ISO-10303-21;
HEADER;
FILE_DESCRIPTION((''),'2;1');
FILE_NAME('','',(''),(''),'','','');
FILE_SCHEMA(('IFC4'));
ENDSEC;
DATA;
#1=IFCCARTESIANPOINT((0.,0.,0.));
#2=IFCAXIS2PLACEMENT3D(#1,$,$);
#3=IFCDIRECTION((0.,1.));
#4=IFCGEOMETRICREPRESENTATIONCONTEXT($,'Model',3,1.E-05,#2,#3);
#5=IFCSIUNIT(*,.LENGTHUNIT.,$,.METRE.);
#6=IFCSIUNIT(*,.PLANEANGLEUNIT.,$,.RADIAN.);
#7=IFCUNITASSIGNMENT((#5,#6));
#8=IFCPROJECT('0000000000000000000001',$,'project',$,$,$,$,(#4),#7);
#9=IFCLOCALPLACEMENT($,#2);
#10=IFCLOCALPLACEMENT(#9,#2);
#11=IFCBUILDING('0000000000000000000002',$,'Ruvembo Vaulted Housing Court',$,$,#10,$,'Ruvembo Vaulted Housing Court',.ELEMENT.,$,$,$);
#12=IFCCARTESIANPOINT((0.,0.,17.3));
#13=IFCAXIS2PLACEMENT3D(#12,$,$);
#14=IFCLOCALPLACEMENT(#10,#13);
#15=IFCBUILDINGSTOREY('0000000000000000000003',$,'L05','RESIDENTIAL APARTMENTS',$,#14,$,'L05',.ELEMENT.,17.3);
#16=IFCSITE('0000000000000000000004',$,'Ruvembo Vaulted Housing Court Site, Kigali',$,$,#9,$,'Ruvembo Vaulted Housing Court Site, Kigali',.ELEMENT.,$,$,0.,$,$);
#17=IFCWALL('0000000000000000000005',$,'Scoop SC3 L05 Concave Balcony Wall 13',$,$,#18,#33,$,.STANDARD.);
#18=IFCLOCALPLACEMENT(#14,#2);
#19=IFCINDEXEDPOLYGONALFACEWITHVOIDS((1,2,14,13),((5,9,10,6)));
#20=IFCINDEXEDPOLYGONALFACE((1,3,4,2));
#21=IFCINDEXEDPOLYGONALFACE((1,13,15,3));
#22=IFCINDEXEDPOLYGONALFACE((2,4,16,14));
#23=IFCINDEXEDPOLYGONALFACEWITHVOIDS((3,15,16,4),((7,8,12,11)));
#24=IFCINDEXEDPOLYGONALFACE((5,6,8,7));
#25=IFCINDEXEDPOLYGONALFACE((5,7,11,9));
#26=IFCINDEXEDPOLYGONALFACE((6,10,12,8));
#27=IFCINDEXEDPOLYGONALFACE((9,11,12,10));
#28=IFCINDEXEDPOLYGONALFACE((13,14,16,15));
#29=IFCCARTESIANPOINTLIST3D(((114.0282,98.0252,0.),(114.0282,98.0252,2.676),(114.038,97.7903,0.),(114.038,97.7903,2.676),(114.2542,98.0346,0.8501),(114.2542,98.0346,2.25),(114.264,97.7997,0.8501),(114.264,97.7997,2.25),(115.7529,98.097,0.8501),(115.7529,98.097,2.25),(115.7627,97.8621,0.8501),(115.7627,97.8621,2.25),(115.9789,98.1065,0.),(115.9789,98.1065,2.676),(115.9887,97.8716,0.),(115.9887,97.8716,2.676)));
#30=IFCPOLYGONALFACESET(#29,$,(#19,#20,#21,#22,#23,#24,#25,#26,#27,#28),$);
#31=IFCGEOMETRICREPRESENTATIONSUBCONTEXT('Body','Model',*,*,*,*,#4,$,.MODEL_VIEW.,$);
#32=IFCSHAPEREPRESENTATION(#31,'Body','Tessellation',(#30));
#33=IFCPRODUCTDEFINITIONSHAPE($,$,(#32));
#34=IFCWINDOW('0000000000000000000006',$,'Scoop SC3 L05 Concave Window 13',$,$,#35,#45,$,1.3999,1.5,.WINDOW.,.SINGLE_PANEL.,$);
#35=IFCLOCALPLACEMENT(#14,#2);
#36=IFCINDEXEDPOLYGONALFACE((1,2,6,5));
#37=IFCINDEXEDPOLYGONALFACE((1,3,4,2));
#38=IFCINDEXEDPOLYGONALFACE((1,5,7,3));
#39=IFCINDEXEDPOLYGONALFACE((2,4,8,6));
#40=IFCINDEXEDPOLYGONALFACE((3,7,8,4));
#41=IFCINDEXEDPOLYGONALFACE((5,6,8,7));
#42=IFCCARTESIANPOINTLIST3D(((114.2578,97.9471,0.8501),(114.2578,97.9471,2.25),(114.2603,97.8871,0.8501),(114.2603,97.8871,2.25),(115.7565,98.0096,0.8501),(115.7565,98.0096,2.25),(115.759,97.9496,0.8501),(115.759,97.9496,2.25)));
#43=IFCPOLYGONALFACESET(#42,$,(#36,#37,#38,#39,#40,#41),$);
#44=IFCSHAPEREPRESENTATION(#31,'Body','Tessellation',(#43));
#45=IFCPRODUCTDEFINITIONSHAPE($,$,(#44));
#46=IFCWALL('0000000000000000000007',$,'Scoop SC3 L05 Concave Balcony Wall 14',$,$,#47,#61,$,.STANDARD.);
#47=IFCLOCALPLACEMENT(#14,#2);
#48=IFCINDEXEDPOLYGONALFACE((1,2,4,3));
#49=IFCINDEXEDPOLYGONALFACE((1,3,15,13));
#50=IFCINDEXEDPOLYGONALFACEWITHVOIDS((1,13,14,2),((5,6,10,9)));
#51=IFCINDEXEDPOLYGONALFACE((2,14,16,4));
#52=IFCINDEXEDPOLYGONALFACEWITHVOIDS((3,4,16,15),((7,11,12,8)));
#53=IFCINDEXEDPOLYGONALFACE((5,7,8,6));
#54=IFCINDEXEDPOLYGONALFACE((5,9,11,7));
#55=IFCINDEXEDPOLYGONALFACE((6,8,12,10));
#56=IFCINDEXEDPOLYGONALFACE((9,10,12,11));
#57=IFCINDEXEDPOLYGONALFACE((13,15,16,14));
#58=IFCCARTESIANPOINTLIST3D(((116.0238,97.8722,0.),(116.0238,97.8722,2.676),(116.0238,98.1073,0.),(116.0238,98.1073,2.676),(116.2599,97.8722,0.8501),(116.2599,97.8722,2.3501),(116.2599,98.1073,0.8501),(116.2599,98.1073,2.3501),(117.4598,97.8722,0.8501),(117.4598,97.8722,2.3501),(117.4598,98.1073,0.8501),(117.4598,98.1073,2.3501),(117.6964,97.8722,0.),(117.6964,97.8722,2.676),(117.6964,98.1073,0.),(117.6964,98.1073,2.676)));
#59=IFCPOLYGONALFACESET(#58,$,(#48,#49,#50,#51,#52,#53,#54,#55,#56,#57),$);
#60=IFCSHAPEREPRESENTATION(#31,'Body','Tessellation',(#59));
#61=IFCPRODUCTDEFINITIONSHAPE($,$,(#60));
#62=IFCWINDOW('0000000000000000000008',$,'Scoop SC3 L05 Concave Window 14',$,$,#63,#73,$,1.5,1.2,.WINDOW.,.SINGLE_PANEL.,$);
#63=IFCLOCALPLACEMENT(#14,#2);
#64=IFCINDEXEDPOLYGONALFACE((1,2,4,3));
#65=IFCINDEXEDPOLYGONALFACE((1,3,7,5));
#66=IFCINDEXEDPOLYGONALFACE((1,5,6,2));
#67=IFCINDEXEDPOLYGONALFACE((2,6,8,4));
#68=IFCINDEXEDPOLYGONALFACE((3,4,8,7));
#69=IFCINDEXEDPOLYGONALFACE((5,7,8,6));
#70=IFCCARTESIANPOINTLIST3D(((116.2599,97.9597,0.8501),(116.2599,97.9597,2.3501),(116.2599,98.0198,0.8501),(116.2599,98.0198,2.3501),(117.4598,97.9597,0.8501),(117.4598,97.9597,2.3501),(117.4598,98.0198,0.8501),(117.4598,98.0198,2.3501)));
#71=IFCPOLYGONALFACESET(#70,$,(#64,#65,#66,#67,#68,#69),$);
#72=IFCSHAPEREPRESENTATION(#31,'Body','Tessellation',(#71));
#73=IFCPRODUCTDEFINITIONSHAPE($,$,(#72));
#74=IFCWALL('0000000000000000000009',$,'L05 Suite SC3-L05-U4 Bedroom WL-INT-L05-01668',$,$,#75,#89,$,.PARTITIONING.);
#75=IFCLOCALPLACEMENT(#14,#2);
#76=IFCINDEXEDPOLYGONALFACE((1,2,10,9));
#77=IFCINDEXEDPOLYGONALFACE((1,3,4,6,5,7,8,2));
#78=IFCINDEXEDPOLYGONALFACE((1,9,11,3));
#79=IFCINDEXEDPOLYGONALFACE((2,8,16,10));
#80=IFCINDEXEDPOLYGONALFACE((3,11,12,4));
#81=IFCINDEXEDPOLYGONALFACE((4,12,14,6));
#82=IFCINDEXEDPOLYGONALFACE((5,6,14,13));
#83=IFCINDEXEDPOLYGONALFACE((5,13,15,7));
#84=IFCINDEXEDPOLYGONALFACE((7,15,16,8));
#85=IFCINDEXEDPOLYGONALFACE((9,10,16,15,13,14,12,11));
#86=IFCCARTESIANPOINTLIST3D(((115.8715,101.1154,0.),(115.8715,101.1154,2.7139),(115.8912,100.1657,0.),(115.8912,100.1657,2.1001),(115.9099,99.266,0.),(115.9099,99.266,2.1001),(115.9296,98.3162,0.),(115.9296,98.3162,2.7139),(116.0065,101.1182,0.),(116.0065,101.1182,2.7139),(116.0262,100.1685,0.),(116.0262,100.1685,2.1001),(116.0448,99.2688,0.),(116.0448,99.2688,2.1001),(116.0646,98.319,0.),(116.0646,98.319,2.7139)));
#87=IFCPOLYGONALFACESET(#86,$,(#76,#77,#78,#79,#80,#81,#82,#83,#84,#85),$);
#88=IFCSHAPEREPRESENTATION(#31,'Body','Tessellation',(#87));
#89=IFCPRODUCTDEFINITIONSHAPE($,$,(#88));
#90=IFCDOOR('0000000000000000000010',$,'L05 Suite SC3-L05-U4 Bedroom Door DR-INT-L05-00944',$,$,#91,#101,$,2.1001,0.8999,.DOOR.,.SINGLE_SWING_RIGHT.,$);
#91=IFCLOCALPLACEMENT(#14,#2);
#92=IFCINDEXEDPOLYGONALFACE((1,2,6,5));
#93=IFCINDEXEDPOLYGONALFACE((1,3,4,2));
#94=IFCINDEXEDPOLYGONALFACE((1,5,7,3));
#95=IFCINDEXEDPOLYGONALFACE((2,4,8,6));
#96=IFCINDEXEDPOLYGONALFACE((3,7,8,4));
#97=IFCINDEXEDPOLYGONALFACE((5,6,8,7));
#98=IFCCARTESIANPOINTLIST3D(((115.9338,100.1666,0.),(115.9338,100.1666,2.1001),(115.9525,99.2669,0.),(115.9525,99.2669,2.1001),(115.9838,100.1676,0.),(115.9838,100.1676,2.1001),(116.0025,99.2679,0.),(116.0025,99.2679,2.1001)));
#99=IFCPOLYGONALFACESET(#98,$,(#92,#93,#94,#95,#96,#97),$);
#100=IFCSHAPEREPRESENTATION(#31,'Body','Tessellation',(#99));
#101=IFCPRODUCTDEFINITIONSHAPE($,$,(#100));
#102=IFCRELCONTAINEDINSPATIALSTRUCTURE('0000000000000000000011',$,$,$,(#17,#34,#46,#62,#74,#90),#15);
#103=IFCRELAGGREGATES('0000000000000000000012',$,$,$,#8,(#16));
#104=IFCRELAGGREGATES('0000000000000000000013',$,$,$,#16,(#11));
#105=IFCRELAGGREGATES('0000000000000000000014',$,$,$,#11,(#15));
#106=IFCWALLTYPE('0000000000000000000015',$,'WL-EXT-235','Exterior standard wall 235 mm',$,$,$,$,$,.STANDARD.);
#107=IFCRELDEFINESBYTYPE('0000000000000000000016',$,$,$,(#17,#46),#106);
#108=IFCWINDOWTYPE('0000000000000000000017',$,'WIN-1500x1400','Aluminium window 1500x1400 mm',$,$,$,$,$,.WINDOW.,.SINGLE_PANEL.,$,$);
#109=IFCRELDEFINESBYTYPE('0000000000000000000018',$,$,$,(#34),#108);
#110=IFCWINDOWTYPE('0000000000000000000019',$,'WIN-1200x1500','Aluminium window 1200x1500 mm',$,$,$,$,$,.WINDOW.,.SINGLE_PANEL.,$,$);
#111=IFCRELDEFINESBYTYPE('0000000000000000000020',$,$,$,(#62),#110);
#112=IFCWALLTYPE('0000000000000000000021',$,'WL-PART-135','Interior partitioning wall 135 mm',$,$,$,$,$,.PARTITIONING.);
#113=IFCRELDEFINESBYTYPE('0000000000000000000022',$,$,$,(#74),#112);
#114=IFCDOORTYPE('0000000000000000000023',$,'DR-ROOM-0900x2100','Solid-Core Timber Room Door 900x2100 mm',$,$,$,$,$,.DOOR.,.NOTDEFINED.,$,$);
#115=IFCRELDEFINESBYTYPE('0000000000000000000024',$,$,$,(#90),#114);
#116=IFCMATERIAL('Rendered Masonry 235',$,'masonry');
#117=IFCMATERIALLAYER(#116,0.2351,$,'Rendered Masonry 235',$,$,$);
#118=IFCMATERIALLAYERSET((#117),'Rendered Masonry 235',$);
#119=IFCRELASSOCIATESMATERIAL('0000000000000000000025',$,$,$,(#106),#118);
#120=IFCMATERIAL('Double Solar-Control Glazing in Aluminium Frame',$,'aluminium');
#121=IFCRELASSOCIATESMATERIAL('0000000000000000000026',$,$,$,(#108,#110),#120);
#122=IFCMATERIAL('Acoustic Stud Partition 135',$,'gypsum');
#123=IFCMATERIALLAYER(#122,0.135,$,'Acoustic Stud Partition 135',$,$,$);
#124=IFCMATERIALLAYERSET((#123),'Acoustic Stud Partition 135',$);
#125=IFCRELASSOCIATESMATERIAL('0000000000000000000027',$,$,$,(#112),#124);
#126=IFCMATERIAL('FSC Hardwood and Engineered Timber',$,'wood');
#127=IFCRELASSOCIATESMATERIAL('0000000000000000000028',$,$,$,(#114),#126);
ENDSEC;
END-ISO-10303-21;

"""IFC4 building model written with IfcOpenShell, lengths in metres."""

from ifc_helpers import new_model, si_unit, direction, frame, frame_2d, origin, place, context, subcontext, project, spatial, rectangle, extrude, material, layer, layer_set, type_object, element, fill, save


model = new_model("IFC4")

# Units and contexts
model_context = context("Model", 3, precision=1e-05, world=origin(), true_north=direction((0.0, 1.0)))
body_context = subcontext(model_context, "Body", "Model", "MODEL_VIEW")
ifc_project = project(units=[si_unit("LENGTHUNIT", "METRE"), si_unit("PLANEANGLEUNIT", "RADIAN")], contexts=[model_context])

# Site, building, storey
site_placement = place(None, origin())
site = spatial("IfcSite", under=ifc_project, at=site_placement, Name="Ruvembo Vaulted Housing Court Site, Kigali", LongName="Ruvembo Vaulted Housing Court Site, Kigali", CompositionType="ELEMENT", RefElevation=0.0)
building_placement = place(site_placement, origin())
building = spatial("IfcBuilding", under=site, at=building_placement, Name="Ruvembo Vaulted Housing Court", LongName="Ruvembo Vaulted Housing Court", CompositionType="ELEMENT")
storey_placement = place(building_placement, frame((0.0, 0.0, 17.3)))
storey = spatial("IfcBuildingStorey", under=building, at=storey_placement, Name="L05", Description="RESIDENTIAL APARTMENTS", LongName="L05", CompositionType="ELEMENT", Elevation=17.3)

# Shared definitions
ifc_material_1 = material(Name="Rendered Masonry 235", Category="masonry")
ifc_layer_1 = layer(ifc_material_1, 0.2351, Name="Rendered Masonry 235")
ifc_layer_set_1 = layer_set([ifc_layer_1], Name="Rendered Masonry 235")
wall_type_1 = type_object("IfcWallType", Name="WL-EXT-235", Description="Exterior standard wall 235 mm", PredefinedType="STANDARD", material=ifc_layer_set_1)

# Walls, openings, windows
ifc_material_2 = material(Name="Double Solar-Control Glazing in Aluminium Frame", Category="aluminium")
wall_1_placement = place(storey_placement, frame((114.0332, 97.9077, 0.0), z_axis=(0.0, 0.0, 1.0), x_axis=(0.999133, 0.041641, 0.0)))
wall_1 = element("IfcWall", 1, at=wall_1_placement, inside=storey, type_object=wall_type_1, Name="Scoop SC3 L05 Concave Balcony Wall 13", PredefinedType="STANDARD", context=body_context, shape_type="SweptSolid", body=[
    extrude(rectangle(XDim=1.9524, YDim=0.2351, at=frame_2d((0.9761, 0.0))), origin(), (0.0, 0.0, 1.0), 2.676),
])
opening_1_placement = place(wall_1_placement, frame((0.2261, 0.0, 0.8501)))
opening_1 = element("IfcOpeningElement", 2, at=opening_1_placement, cuts=wall_1, PredefinedType="OPENING", context=body_context, shape_type="SweptSolid", body=[
    extrude(rectangle(XDim=1.5, YDim=1.3999, at=frame_2d((0.75, 0.7))), frame((0.0, 0.1274, 0.0), z_axis=(0.0, -1.0, 0.0), x_axis=(1.0, 0.0, 0.0)), (0.0, 0.0, 1.0), 0.2551),
])
window_type_1 = type_object("IfcWindowType", Name="WIN-1500x1400", Description="Aluminium window 1500x1400 mm", PartitioningType="SINGLE_PANEL", PredefinedType="WINDOW", material=ifc_material_2)
window_1_placement = place(opening_1_placement, origin())
window_1 = element("IfcWindow", 3, at=window_1_placement, inside=storey, type_object=window_type_1, Name="Scoop SC3 L05 Concave Window 13", OverallHeight=1.3999, OverallWidth=1.5, PartitioningType="SINGLE_PANEL", PredefinedType="WINDOW", context=body_context, shape_type="SweptSolid", body=[
    extrude(rectangle(XDim=1.5, YDim=1.3999, at=frame_2d((0.75, 0.7))), frame((0.0, 0.03, 0.0), z_axis=(0.0, -1.0, 0.0), x_axis=(1.0, 0.0, 0.0)), (0.0, 0.0, 1.0), 0.0601),
])
fill(opening_1, window_1)
wall_2_placement = place(storey_placement, frame((116.0237, 97.9897, 0.0), z_axis=(0.0, 0.0, 1.0), x_axis=(1.0, 0.0, 0.0)))
wall_2 = element("IfcWall", 4, at=wall_2_placement, inside=storey, type_object=wall_type_1, Name="Scoop SC3 L05 Concave Balcony Wall 14", PredefinedType="STANDARD", context=body_context, shape_type="SweptSolid", body=[
    extrude(rectangle(XDim=1.6726, YDim=0.2351, at=frame_2d((0.8364, 0.0))), origin(), (0.0, 0.0, 1.0), 2.676),
])
opening_2_placement = place(wall_2_placement, frame((0.2361, 0.0, 0.8501)))
opening_2 = element("IfcOpeningElement", 5, at=opening_2_placement, cuts=wall_2, PredefinedType="OPENING", context=body_context, shape_type="SweptSolid", body=[
    extrude(rectangle(XDim=1.2, YDim=1.5, at=frame_2d((0.6001, 0.75))), frame((0.0, 0.1274, 0.0), z_axis=(0.0, -1.0, 0.0), x_axis=(1.0, 0.0, 0.0)), (0.0, 0.0, 1.0), 0.2551),
])
window_type_2 = type_object("IfcWindowType", Name="WIN-1200x1500", Description="Aluminium window 1200x1500 mm", PartitioningType="SINGLE_PANEL", PredefinedType="WINDOW", material=ifc_material_2)
window_2_placement = place(opening_2_placement, origin())
window_2 = element("IfcWindow", 6, at=window_2_placement, inside=storey, type_object=window_type_2, Name="Scoop SC3 L05 Concave Window 14", OverallHeight=1.5, OverallWidth=1.2, PartitioningType="SINGLE_PANEL", PredefinedType="WINDOW", context=body_context, shape_type="SweptSolid", body=[
    extrude(rectangle(XDim=1.2, YDim=1.5, at=frame_2d((0.6001, 0.75))), frame((0.0, 0.03, 0.0), z_axis=(0.0, -1.0, 0.0), x_axis=(1.0, 0.0, 0.0)), (0.0, 0.0, 1.0), 0.0601),
])
fill(opening_2, window_2)

# Wall, opening, door
ifc_material_3 = material(Name="Acoustic Stud Partition 135", Category="gypsum")
ifc_layer_2 = layer(ifc_material_3, 0.135, Name="Acoustic Stud Partition 135")
ifc_layer_set_2 = layer_set([ifc_layer_2], Name="Acoustic Stud Partition 135")
wall_type_2 = type_object("IfcWallType", Name="WL-PART-135", Description="Interior partitioning wall 135 mm", PredefinedType="PARTITIONING", material=ifc_layer_set_2)
wall_3_placement = place(storey_placement, frame((115.9971, 98.3176, 0.0), z_axis=(0.0, 0.0, 1.0), x_axis=(-0.020753, 0.999785, 0.0)))
wall_3 = element("IfcWall", 7, at=wall_3_placement, inside=storey, type_object=wall_type_2, Name="L05 Suite SC3-L05-U4 Bedroom WL-INT-L05-01668", PredefinedType="PARTITIONING", context=body_context, shape_type="SweptSolid", body=[
    extrude(rectangle(XDim=2.7998, YDim=0.135, at=frame_2d((1.3999, 0.0))), origin(), (0.0, 0.0, 1.0), 2.7139),
])
opening_3_placement = place(wall_3_placement, frame((0.95, 0.0, 0.0)))
opening_3 = element("IfcOpeningElement", 8, at=opening_3_placement, cuts=wall_3, PredefinedType="OPENING", context=body_context, shape_type="SweptSolid", body=[
    extrude(rectangle(XDim=0.8999, YDim=2.1001, at=frame_2d((0.45, 1.05))), frame((0.0, 0.0774, 0.0), z_axis=(0.0, -1.0, 0.0), x_axis=(1.0, 0.0, 0.0)), (0.0, 0.0, 1.0), 0.155),
])
ifc_material_4 = material(Name="FSC Hardwood and Engineered Timber", Category="wood")
door_type_1 = type_object("IfcDoorType", Name="DR-ROOM-0900x2100", Description="Solid-Core Timber Room Door 900x2100 mm", OperationType="NOTDEFINED", PredefinedType="DOOR", material=ifc_material_4)
door_1_placement = place(opening_3_placement, origin())
door_1 = element("IfcDoor", 9, at=door_1_placement, inside=storey, type_object=door_type_1, Name="L05 Suite SC3-L05-U4 Bedroom Door DR-INT-L05-00944", OperationType="SINGLE_SWING_RIGHT", OverallHeight=2.1001, OverallWidth=0.8999, PredefinedType="DOOR", context=body_context, shape_type="SweptSolid", body=[
    extrude(rectangle(XDim=0.8999, YDim=2.1001, at=frame_2d((0.45, 1.05))), frame((0.0, 0.0249, 0.0), z_axis=(0.0, -1.0, 0.0), x_axis=(1.0, 0.0, 0.0)), (0.0, 0.0, 1.0), 0.05),
])
fill(opening_3, door_1)

save(model, "model.ifc")
